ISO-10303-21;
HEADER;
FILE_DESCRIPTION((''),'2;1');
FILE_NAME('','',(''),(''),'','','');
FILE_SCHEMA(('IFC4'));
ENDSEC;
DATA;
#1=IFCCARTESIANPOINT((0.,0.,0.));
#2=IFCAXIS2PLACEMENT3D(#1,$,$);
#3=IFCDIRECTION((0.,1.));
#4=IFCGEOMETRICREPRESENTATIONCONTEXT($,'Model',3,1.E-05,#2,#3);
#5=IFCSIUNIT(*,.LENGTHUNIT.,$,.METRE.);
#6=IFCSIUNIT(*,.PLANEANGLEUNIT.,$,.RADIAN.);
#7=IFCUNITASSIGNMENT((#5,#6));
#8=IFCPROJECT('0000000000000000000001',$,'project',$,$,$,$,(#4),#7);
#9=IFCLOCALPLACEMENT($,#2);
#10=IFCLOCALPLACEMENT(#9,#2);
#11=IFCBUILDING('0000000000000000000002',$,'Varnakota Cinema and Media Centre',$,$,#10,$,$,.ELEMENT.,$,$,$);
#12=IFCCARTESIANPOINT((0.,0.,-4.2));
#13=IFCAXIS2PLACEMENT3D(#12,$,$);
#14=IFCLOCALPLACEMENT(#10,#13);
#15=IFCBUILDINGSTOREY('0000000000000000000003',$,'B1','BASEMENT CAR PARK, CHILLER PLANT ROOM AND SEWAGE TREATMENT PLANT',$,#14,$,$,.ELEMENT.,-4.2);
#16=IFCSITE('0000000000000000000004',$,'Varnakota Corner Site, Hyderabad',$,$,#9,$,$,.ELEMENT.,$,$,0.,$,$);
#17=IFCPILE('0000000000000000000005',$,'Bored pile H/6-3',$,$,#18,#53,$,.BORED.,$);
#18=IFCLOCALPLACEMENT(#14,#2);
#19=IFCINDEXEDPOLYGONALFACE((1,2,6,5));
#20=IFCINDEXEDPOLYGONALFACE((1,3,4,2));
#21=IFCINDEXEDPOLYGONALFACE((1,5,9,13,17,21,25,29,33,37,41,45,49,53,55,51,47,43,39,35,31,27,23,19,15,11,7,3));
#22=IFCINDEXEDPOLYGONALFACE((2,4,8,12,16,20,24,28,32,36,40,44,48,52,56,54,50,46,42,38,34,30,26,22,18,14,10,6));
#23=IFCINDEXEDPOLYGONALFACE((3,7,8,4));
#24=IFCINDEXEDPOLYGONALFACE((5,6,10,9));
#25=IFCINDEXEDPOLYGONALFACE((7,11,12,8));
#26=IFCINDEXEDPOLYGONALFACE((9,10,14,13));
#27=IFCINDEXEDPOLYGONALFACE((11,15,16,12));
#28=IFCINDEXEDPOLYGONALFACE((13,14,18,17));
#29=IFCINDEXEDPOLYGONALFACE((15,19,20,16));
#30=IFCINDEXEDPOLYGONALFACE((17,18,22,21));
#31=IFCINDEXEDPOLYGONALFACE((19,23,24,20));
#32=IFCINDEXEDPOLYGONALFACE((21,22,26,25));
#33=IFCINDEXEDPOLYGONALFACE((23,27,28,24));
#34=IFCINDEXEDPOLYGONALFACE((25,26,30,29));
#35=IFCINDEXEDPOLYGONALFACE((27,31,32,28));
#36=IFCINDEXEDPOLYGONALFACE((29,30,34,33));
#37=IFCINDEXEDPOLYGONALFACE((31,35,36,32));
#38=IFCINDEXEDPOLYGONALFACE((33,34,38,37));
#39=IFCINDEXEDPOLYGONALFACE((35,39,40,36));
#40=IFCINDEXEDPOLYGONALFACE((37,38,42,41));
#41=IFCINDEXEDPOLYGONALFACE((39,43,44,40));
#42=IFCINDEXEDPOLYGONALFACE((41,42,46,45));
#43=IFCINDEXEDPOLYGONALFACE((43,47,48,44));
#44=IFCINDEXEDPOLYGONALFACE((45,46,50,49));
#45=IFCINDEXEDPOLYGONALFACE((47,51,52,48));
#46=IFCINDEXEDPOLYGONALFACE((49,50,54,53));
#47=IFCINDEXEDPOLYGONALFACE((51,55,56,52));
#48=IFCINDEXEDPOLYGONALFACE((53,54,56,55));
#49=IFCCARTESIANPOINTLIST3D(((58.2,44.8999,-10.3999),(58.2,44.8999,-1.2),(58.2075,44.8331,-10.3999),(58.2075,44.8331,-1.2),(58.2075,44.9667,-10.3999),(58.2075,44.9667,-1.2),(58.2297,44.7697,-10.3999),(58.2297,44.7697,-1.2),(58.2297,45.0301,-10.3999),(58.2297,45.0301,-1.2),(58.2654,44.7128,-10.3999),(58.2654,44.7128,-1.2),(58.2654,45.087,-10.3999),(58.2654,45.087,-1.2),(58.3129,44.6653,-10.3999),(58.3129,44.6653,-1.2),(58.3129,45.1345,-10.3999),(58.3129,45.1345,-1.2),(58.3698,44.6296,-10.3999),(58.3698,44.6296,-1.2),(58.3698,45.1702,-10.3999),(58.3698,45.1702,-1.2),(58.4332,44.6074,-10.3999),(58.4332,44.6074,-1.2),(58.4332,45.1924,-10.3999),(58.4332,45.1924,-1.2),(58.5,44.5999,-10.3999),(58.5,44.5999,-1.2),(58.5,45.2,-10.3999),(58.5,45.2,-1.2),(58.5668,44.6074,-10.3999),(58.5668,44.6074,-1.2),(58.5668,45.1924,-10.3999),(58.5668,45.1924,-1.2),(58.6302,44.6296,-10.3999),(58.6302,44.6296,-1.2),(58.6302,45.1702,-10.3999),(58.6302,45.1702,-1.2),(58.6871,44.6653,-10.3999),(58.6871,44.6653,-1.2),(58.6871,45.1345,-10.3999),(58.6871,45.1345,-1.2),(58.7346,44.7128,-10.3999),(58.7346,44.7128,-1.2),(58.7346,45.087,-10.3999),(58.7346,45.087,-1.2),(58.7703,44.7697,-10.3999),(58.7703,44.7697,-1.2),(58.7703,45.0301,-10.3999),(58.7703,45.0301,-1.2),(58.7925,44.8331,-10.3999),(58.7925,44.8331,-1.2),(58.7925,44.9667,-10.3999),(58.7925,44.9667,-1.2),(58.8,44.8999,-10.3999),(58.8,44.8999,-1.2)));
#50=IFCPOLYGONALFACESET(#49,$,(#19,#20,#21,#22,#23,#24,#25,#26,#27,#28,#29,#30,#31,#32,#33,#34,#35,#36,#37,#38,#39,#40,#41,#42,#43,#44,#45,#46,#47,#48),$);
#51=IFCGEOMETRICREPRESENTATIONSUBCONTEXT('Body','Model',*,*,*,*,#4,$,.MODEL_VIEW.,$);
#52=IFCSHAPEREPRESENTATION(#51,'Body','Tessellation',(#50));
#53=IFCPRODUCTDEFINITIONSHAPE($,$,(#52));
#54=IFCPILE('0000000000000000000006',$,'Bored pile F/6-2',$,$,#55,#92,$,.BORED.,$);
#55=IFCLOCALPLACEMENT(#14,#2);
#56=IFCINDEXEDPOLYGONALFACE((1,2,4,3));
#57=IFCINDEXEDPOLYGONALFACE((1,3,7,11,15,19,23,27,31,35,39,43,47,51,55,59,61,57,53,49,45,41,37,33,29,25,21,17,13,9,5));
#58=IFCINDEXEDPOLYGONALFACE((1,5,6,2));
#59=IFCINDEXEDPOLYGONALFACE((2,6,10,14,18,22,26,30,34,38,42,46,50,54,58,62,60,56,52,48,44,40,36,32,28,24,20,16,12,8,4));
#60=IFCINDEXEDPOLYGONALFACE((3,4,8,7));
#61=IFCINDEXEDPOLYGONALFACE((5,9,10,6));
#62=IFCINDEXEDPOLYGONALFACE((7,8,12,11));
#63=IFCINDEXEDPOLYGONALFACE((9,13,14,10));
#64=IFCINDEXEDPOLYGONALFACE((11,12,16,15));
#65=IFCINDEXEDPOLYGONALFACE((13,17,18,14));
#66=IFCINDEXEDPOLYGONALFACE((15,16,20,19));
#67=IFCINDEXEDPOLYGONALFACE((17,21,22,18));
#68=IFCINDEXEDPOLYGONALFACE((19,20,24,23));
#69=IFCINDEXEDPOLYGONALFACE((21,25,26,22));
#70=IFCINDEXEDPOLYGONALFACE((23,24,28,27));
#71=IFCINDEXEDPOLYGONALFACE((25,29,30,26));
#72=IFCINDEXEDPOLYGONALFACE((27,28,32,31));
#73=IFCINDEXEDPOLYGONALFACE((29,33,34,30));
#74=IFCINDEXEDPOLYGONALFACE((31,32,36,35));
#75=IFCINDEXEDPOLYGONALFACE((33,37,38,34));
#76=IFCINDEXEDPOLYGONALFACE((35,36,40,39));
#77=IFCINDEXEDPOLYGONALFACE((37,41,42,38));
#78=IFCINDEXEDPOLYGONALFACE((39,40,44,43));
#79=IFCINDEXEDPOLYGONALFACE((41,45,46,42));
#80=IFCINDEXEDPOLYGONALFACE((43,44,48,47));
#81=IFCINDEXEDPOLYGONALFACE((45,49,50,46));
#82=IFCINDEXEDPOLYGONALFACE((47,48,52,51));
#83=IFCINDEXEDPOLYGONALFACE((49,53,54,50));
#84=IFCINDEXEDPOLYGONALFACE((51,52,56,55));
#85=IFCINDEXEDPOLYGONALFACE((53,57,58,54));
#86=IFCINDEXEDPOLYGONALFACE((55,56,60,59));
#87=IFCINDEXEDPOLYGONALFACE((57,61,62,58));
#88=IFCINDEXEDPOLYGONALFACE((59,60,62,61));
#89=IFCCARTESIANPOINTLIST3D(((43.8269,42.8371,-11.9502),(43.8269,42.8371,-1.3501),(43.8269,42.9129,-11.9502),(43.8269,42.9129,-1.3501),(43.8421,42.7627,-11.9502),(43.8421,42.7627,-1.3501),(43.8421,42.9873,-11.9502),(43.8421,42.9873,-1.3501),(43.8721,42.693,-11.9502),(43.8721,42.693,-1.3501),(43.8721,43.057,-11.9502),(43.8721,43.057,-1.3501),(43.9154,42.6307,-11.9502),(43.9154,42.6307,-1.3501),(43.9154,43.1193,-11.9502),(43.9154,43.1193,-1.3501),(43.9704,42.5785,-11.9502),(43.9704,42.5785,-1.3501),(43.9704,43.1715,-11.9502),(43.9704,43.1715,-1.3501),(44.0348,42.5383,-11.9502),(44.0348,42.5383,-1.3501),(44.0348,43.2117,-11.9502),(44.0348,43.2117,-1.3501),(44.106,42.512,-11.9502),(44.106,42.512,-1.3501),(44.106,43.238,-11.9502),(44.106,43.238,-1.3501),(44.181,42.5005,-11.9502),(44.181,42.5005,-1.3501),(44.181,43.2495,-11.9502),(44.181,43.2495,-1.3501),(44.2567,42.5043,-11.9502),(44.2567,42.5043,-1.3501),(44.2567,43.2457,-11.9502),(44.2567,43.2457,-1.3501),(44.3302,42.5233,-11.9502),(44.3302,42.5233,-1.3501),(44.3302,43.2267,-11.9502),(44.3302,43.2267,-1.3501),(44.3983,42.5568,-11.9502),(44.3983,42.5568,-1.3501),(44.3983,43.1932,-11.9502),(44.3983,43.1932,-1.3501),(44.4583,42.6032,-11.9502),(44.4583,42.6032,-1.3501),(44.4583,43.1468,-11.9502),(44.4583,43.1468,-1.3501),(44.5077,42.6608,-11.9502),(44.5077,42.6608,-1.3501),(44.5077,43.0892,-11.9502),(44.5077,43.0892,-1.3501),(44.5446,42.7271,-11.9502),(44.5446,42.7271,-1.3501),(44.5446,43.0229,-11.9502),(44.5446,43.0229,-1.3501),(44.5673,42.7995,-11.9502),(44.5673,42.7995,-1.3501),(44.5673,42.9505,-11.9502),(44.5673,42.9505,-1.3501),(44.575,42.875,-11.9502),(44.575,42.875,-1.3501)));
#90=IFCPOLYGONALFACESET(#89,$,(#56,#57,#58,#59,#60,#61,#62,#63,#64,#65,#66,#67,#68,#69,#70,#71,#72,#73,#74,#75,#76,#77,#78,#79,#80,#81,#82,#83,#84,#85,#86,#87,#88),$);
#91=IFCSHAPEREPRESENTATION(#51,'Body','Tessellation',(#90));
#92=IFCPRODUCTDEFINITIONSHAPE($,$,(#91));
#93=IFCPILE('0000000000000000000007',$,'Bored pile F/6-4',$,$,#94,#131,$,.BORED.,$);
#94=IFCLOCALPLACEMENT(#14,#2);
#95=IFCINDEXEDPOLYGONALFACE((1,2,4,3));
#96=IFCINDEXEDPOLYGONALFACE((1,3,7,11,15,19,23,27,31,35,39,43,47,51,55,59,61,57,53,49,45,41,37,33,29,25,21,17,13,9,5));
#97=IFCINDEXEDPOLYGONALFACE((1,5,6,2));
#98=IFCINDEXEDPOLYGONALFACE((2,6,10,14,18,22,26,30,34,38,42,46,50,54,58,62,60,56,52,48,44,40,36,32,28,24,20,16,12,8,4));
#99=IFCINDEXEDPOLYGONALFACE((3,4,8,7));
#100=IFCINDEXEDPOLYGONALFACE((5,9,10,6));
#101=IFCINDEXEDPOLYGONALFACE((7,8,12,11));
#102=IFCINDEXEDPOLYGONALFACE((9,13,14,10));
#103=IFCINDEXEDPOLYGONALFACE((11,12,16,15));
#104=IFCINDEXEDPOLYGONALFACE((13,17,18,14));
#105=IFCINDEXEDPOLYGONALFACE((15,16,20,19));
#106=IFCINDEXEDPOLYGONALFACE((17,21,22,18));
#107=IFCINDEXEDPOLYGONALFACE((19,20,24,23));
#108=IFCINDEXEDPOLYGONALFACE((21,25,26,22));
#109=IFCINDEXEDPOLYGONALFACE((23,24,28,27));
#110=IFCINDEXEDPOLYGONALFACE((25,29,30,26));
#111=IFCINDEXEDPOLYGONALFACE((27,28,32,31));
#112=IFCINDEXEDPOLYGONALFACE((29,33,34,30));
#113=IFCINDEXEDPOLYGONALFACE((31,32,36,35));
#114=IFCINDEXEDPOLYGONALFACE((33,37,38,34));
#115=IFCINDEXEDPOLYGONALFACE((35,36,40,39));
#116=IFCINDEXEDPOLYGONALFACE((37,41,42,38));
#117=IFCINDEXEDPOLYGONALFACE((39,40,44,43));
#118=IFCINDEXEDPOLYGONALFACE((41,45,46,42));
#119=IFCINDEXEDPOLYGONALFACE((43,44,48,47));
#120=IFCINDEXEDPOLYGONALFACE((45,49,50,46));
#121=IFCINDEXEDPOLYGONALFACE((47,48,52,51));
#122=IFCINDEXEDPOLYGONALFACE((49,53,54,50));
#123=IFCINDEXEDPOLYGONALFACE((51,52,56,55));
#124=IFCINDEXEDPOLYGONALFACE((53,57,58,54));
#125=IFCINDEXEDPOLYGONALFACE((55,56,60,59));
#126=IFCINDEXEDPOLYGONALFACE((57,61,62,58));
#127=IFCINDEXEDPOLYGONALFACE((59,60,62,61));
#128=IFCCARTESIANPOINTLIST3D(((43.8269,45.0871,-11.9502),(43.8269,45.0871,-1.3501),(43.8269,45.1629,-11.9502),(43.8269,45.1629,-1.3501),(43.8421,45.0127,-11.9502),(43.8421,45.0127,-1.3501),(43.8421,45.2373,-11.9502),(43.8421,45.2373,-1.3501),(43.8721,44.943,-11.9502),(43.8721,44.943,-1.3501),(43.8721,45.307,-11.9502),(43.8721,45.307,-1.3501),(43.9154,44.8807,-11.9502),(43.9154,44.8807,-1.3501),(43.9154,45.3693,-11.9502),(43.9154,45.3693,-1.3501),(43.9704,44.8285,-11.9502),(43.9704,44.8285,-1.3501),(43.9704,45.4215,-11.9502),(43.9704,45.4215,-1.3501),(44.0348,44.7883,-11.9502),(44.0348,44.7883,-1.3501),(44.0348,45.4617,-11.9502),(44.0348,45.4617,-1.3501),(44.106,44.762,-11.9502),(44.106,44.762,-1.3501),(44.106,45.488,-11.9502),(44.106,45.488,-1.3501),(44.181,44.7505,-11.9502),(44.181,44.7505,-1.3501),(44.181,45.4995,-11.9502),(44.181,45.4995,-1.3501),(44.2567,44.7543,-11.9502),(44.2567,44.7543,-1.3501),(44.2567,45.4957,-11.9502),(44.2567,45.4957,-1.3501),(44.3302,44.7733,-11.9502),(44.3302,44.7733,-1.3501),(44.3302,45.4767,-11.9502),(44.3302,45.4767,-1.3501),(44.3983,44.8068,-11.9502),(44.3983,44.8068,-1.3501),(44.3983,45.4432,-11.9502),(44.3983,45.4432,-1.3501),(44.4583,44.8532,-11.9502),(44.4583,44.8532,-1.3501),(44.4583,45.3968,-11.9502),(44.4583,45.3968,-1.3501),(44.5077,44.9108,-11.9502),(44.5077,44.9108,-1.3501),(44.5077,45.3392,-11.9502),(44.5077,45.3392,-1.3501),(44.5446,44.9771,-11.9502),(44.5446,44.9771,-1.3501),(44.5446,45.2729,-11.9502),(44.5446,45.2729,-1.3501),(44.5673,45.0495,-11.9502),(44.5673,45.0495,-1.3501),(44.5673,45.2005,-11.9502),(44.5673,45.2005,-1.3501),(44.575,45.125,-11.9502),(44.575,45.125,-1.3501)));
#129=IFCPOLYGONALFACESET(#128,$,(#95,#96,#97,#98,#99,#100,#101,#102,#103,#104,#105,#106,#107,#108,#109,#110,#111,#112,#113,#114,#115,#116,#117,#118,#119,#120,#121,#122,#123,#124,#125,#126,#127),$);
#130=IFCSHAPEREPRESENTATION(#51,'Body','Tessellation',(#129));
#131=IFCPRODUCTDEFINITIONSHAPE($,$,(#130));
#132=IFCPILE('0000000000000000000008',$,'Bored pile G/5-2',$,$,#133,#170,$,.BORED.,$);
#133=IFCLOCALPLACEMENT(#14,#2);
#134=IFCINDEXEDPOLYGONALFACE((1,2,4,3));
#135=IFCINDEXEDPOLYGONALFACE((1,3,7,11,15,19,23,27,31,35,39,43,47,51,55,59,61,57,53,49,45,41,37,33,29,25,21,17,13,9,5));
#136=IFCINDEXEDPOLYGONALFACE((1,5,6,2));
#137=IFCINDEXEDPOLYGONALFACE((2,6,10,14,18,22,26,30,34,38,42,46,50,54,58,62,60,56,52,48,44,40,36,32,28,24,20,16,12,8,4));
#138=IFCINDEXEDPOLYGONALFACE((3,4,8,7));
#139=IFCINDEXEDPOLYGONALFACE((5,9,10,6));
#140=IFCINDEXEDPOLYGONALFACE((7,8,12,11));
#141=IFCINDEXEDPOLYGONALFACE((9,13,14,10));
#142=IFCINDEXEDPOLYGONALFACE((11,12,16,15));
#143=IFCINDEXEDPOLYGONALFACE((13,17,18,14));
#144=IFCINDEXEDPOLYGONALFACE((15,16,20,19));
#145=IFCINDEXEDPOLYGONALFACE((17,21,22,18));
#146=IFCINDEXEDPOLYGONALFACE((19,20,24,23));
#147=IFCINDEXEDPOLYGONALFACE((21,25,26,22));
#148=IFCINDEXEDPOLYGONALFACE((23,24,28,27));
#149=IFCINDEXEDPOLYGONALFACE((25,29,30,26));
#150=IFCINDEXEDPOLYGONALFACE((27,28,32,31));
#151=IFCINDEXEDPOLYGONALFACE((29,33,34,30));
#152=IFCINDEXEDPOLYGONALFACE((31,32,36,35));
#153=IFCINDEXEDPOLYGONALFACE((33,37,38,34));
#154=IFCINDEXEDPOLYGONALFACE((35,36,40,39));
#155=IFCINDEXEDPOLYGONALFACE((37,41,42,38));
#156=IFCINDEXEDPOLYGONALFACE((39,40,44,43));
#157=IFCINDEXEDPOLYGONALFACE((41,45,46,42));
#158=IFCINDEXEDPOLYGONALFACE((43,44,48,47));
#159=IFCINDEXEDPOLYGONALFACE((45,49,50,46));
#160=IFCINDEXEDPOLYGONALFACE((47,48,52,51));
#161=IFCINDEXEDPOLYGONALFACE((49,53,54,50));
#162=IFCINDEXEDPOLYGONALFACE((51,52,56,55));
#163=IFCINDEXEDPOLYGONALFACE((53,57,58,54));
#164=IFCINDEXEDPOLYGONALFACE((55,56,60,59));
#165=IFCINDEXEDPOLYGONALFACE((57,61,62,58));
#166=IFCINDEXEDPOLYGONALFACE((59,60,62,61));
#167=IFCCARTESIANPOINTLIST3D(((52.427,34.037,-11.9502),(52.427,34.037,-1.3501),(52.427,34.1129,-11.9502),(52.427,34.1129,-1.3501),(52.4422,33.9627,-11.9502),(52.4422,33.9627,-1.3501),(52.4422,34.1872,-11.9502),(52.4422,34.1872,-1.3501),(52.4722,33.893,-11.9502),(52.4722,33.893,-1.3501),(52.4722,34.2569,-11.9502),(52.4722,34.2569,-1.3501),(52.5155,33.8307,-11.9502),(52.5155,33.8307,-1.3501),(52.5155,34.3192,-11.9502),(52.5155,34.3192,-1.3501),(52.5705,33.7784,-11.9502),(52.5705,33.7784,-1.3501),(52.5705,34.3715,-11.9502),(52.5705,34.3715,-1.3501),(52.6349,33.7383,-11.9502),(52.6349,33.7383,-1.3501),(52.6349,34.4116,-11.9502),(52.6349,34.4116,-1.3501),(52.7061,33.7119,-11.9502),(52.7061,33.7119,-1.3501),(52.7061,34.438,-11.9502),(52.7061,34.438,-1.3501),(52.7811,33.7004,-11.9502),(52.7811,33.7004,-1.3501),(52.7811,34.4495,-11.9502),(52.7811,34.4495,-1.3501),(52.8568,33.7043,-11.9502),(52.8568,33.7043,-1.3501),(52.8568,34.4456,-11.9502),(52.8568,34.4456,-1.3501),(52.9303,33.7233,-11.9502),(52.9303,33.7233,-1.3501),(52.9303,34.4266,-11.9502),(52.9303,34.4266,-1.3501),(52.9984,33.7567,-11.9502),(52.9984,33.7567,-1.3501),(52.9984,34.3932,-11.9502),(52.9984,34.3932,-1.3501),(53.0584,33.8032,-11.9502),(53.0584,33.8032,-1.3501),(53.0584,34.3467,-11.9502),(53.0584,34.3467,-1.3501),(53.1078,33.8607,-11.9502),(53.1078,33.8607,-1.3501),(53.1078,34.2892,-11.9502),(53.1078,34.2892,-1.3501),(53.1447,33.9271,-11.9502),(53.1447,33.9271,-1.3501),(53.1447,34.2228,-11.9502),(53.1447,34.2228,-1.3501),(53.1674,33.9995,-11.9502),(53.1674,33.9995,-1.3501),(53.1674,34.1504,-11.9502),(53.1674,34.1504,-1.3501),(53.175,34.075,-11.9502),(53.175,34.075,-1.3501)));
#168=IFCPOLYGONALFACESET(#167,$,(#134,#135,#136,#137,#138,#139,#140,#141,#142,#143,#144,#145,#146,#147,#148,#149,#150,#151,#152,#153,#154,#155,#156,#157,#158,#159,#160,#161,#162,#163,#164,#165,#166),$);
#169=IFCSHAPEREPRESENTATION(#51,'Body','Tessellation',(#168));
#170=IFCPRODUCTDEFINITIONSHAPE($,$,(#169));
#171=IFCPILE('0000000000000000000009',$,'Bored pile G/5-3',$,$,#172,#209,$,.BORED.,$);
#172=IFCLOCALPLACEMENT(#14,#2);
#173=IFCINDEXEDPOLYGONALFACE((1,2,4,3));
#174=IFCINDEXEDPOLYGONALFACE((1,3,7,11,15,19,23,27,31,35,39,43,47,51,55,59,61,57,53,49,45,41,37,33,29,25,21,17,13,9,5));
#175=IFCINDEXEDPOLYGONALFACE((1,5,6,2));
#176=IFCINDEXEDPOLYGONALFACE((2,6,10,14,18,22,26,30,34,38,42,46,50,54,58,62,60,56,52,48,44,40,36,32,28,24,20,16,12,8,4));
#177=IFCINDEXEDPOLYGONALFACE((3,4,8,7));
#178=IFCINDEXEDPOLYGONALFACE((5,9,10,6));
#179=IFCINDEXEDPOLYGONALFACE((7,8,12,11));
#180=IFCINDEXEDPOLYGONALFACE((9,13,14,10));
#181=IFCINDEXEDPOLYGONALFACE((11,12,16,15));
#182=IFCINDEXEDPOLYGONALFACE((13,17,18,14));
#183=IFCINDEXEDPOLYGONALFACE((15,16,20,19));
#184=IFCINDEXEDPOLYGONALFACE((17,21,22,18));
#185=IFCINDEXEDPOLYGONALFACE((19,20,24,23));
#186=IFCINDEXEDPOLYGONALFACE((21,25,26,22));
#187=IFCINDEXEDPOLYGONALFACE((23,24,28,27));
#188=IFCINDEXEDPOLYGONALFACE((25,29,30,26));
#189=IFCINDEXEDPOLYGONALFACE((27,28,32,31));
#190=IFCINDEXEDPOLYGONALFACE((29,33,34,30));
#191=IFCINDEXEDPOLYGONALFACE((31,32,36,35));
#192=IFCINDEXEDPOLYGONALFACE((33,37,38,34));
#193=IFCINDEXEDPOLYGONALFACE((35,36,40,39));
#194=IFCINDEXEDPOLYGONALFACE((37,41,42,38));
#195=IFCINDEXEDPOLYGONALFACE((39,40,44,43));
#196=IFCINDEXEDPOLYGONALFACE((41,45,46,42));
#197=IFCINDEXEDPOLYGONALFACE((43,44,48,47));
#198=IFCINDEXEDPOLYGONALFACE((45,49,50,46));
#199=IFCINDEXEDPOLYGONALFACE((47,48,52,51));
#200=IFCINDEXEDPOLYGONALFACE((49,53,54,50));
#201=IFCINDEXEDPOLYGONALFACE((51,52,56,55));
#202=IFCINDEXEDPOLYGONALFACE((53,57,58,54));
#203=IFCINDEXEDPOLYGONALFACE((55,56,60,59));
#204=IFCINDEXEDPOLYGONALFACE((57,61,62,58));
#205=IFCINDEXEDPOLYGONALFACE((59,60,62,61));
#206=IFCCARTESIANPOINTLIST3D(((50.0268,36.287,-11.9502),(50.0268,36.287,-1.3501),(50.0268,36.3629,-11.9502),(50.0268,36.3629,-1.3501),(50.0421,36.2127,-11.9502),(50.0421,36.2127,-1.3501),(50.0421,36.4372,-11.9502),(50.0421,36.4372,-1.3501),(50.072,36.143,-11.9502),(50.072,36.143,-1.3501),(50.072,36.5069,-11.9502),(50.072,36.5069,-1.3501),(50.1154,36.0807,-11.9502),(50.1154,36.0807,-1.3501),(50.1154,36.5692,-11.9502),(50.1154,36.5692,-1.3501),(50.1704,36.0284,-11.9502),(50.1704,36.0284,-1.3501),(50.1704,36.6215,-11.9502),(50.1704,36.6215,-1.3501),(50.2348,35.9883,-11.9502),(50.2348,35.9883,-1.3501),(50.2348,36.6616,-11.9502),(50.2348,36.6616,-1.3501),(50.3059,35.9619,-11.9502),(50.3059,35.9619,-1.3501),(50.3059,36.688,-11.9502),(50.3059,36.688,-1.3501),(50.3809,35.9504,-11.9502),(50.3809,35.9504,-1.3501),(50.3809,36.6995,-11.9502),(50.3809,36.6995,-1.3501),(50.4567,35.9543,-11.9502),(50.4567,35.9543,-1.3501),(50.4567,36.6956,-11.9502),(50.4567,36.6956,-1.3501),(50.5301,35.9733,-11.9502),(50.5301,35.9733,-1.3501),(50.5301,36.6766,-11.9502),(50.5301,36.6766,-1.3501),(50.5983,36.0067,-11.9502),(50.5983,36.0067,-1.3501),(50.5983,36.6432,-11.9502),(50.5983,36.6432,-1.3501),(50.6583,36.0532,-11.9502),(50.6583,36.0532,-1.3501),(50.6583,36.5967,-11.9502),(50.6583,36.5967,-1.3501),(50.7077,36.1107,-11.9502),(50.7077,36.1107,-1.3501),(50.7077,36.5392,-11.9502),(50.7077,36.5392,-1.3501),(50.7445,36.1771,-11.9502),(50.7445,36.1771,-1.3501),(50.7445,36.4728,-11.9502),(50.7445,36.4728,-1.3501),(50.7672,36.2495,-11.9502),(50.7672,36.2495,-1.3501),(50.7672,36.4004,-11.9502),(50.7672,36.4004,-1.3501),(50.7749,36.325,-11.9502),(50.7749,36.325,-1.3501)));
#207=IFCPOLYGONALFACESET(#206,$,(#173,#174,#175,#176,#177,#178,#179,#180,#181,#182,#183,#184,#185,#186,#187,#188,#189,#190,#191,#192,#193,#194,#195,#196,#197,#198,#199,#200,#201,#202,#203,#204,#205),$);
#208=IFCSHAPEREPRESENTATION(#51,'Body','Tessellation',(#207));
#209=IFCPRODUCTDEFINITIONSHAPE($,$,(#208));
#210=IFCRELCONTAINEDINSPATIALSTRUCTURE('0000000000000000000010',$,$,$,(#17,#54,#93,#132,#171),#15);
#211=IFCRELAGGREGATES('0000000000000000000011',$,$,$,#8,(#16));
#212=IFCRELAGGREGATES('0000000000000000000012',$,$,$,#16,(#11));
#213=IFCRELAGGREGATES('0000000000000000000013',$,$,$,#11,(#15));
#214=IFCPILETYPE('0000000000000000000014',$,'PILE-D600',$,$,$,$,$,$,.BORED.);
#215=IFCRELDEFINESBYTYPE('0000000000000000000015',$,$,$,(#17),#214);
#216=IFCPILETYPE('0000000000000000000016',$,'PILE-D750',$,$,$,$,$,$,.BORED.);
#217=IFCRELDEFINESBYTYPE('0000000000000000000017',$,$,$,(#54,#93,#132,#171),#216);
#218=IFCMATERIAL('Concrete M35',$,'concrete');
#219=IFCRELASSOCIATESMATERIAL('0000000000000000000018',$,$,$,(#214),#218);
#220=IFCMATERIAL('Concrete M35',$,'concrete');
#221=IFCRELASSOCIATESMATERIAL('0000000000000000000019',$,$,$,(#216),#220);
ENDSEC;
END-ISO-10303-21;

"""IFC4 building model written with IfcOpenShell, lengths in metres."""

from ifc_helpers import new_model, si_unit, direction, frame, origin, origin_2d, place, context, subcontext, project, spatial, circle, extrude, material, material_profile, profile_set, type_object, element, save


model = new_model("IFC4")

# Units and contexts
model_context = context("Model", 3, precision=1e-05, world=origin(), true_north=direction((0.0, 1.0)))
body_context = subcontext(model_context, "Body", "Model", "MODEL_VIEW")
ifc_project = project(units=[si_unit("LENGTHUNIT", "METRE"), si_unit("PLANEANGLEUNIT", "RADIAN")], contexts=[model_context])

# Site, building, storey
site_placement = place(None, origin())
site = spatial("IfcSite", under=ifc_project, at=site_placement, Name="Varnakota Corner Site, Hyderabad", CompositionType="ELEMENT", RefElevation=0.0)
building_placement = place(site_placement, origin())
building = spatial("IfcBuilding", under=site, at=building_placement, Name="Varnakota Cinema and Media Centre", CompositionType="ELEMENT")
storey_placement = place(building_placement, frame((0.0, 0.0, -4.2)))
storey = spatial("IfcBuildingStorey", under=building, at=storey_placement, Name="B1", Description="BASEMENT CAR PARK, CHILLER PLANT ROOM AND SEWAGE TREATMENT PLANT", CompositionType="ELEMENT", Elevation=-4.2)

# Piles
ifc_material_1 = material(Name="Concrete M35", Category="concrete")
ifc_material_profile_1 = material_profile(ifc_material_1, circle(Radius=0.3, at=origin_2d()), Name="PILE D600")
ifc_profile_set_1 = profile_set([ifc_material_profile_1], Name="Concrete M35")
pile_type_1 = type_object("IfcPileType", Name="PILE-D600", PredefinedType="BORED", material=ifc_profile_set_1)
for number, where, z_axis, x_axis, name in (
    (1, (58.5, 44.8999, -1.2), (0.0, 0.0, -1.0), (1.0, 0.0, 0.0), "Bored pile H/6-3"),
):
    element("IfcPile", number, at=place(storey_placement, frame(where, z_axis=z_axis, x_axis=x_axis)), inside=storey, type_object=pile_type_1, Name=name, PredefinedType="BORED", context=body_context, shape_type="SweptSolid", body=[
        extrude(circle(Radius=0.3, at=origin_2d()), origin(), (0.0, 0.0, 1.0), 9.2),
    ])
ifc_material_2 = material(Name="Concrete M35", Category="concrete")
ifc_material_profile_2 = material_profile(ifc_material_2, circle(Radius=0.375, at=origin_2d()), Name="PILE D750")
ifc_profile_set_2 = profile_set([ifc_material_profile_2], Name="Concrete M35")
pile_type_2 = type_object("IfcPileType", Name="PILE-D750", PredefinedType="BORED", material=ifc_profile_set_2)
for number, where, z_axis, x_axis, name in (
    (2, (44.2, 42.875, -1.3501), (0.0, 0.0, -1.0), (1.0, 0.0, 0.0), "Bored pile F/6-2"),
    (3, (44.2, 45.125, -1.3501), (0.0, 0.0, -1.0), (1.0, 0.0, 0.0), "Bored pile F/6-4"),
    (4, (52.8, 34.075, -1.3501), (0.0, 0.0, -1.0), (1.0, 0.0, 0.0), "Bored pile G/5-2"),
    (5, (50.3999, 36.325, -1.3501), (0.0, 0.0, -1.0), (1.0, 0.0, 0.0), "Bored pile G/5-3"),
):
    element("IfcPile", number, at=place(storey_placement, frame(where, z_axis=z_axis, x_axis=x_axis)), inside=storey, type_object=pile_type_2, Name=name, PredefinedType="BORED", context=body_context, shape_type="SweptSolid", body=[
        extrude(circle(Radius=0.375, at=origin_2d()), origin(), (0.0, 0.0, 1.0), 10.6001),
    ])

save(model, "model.ifc")
